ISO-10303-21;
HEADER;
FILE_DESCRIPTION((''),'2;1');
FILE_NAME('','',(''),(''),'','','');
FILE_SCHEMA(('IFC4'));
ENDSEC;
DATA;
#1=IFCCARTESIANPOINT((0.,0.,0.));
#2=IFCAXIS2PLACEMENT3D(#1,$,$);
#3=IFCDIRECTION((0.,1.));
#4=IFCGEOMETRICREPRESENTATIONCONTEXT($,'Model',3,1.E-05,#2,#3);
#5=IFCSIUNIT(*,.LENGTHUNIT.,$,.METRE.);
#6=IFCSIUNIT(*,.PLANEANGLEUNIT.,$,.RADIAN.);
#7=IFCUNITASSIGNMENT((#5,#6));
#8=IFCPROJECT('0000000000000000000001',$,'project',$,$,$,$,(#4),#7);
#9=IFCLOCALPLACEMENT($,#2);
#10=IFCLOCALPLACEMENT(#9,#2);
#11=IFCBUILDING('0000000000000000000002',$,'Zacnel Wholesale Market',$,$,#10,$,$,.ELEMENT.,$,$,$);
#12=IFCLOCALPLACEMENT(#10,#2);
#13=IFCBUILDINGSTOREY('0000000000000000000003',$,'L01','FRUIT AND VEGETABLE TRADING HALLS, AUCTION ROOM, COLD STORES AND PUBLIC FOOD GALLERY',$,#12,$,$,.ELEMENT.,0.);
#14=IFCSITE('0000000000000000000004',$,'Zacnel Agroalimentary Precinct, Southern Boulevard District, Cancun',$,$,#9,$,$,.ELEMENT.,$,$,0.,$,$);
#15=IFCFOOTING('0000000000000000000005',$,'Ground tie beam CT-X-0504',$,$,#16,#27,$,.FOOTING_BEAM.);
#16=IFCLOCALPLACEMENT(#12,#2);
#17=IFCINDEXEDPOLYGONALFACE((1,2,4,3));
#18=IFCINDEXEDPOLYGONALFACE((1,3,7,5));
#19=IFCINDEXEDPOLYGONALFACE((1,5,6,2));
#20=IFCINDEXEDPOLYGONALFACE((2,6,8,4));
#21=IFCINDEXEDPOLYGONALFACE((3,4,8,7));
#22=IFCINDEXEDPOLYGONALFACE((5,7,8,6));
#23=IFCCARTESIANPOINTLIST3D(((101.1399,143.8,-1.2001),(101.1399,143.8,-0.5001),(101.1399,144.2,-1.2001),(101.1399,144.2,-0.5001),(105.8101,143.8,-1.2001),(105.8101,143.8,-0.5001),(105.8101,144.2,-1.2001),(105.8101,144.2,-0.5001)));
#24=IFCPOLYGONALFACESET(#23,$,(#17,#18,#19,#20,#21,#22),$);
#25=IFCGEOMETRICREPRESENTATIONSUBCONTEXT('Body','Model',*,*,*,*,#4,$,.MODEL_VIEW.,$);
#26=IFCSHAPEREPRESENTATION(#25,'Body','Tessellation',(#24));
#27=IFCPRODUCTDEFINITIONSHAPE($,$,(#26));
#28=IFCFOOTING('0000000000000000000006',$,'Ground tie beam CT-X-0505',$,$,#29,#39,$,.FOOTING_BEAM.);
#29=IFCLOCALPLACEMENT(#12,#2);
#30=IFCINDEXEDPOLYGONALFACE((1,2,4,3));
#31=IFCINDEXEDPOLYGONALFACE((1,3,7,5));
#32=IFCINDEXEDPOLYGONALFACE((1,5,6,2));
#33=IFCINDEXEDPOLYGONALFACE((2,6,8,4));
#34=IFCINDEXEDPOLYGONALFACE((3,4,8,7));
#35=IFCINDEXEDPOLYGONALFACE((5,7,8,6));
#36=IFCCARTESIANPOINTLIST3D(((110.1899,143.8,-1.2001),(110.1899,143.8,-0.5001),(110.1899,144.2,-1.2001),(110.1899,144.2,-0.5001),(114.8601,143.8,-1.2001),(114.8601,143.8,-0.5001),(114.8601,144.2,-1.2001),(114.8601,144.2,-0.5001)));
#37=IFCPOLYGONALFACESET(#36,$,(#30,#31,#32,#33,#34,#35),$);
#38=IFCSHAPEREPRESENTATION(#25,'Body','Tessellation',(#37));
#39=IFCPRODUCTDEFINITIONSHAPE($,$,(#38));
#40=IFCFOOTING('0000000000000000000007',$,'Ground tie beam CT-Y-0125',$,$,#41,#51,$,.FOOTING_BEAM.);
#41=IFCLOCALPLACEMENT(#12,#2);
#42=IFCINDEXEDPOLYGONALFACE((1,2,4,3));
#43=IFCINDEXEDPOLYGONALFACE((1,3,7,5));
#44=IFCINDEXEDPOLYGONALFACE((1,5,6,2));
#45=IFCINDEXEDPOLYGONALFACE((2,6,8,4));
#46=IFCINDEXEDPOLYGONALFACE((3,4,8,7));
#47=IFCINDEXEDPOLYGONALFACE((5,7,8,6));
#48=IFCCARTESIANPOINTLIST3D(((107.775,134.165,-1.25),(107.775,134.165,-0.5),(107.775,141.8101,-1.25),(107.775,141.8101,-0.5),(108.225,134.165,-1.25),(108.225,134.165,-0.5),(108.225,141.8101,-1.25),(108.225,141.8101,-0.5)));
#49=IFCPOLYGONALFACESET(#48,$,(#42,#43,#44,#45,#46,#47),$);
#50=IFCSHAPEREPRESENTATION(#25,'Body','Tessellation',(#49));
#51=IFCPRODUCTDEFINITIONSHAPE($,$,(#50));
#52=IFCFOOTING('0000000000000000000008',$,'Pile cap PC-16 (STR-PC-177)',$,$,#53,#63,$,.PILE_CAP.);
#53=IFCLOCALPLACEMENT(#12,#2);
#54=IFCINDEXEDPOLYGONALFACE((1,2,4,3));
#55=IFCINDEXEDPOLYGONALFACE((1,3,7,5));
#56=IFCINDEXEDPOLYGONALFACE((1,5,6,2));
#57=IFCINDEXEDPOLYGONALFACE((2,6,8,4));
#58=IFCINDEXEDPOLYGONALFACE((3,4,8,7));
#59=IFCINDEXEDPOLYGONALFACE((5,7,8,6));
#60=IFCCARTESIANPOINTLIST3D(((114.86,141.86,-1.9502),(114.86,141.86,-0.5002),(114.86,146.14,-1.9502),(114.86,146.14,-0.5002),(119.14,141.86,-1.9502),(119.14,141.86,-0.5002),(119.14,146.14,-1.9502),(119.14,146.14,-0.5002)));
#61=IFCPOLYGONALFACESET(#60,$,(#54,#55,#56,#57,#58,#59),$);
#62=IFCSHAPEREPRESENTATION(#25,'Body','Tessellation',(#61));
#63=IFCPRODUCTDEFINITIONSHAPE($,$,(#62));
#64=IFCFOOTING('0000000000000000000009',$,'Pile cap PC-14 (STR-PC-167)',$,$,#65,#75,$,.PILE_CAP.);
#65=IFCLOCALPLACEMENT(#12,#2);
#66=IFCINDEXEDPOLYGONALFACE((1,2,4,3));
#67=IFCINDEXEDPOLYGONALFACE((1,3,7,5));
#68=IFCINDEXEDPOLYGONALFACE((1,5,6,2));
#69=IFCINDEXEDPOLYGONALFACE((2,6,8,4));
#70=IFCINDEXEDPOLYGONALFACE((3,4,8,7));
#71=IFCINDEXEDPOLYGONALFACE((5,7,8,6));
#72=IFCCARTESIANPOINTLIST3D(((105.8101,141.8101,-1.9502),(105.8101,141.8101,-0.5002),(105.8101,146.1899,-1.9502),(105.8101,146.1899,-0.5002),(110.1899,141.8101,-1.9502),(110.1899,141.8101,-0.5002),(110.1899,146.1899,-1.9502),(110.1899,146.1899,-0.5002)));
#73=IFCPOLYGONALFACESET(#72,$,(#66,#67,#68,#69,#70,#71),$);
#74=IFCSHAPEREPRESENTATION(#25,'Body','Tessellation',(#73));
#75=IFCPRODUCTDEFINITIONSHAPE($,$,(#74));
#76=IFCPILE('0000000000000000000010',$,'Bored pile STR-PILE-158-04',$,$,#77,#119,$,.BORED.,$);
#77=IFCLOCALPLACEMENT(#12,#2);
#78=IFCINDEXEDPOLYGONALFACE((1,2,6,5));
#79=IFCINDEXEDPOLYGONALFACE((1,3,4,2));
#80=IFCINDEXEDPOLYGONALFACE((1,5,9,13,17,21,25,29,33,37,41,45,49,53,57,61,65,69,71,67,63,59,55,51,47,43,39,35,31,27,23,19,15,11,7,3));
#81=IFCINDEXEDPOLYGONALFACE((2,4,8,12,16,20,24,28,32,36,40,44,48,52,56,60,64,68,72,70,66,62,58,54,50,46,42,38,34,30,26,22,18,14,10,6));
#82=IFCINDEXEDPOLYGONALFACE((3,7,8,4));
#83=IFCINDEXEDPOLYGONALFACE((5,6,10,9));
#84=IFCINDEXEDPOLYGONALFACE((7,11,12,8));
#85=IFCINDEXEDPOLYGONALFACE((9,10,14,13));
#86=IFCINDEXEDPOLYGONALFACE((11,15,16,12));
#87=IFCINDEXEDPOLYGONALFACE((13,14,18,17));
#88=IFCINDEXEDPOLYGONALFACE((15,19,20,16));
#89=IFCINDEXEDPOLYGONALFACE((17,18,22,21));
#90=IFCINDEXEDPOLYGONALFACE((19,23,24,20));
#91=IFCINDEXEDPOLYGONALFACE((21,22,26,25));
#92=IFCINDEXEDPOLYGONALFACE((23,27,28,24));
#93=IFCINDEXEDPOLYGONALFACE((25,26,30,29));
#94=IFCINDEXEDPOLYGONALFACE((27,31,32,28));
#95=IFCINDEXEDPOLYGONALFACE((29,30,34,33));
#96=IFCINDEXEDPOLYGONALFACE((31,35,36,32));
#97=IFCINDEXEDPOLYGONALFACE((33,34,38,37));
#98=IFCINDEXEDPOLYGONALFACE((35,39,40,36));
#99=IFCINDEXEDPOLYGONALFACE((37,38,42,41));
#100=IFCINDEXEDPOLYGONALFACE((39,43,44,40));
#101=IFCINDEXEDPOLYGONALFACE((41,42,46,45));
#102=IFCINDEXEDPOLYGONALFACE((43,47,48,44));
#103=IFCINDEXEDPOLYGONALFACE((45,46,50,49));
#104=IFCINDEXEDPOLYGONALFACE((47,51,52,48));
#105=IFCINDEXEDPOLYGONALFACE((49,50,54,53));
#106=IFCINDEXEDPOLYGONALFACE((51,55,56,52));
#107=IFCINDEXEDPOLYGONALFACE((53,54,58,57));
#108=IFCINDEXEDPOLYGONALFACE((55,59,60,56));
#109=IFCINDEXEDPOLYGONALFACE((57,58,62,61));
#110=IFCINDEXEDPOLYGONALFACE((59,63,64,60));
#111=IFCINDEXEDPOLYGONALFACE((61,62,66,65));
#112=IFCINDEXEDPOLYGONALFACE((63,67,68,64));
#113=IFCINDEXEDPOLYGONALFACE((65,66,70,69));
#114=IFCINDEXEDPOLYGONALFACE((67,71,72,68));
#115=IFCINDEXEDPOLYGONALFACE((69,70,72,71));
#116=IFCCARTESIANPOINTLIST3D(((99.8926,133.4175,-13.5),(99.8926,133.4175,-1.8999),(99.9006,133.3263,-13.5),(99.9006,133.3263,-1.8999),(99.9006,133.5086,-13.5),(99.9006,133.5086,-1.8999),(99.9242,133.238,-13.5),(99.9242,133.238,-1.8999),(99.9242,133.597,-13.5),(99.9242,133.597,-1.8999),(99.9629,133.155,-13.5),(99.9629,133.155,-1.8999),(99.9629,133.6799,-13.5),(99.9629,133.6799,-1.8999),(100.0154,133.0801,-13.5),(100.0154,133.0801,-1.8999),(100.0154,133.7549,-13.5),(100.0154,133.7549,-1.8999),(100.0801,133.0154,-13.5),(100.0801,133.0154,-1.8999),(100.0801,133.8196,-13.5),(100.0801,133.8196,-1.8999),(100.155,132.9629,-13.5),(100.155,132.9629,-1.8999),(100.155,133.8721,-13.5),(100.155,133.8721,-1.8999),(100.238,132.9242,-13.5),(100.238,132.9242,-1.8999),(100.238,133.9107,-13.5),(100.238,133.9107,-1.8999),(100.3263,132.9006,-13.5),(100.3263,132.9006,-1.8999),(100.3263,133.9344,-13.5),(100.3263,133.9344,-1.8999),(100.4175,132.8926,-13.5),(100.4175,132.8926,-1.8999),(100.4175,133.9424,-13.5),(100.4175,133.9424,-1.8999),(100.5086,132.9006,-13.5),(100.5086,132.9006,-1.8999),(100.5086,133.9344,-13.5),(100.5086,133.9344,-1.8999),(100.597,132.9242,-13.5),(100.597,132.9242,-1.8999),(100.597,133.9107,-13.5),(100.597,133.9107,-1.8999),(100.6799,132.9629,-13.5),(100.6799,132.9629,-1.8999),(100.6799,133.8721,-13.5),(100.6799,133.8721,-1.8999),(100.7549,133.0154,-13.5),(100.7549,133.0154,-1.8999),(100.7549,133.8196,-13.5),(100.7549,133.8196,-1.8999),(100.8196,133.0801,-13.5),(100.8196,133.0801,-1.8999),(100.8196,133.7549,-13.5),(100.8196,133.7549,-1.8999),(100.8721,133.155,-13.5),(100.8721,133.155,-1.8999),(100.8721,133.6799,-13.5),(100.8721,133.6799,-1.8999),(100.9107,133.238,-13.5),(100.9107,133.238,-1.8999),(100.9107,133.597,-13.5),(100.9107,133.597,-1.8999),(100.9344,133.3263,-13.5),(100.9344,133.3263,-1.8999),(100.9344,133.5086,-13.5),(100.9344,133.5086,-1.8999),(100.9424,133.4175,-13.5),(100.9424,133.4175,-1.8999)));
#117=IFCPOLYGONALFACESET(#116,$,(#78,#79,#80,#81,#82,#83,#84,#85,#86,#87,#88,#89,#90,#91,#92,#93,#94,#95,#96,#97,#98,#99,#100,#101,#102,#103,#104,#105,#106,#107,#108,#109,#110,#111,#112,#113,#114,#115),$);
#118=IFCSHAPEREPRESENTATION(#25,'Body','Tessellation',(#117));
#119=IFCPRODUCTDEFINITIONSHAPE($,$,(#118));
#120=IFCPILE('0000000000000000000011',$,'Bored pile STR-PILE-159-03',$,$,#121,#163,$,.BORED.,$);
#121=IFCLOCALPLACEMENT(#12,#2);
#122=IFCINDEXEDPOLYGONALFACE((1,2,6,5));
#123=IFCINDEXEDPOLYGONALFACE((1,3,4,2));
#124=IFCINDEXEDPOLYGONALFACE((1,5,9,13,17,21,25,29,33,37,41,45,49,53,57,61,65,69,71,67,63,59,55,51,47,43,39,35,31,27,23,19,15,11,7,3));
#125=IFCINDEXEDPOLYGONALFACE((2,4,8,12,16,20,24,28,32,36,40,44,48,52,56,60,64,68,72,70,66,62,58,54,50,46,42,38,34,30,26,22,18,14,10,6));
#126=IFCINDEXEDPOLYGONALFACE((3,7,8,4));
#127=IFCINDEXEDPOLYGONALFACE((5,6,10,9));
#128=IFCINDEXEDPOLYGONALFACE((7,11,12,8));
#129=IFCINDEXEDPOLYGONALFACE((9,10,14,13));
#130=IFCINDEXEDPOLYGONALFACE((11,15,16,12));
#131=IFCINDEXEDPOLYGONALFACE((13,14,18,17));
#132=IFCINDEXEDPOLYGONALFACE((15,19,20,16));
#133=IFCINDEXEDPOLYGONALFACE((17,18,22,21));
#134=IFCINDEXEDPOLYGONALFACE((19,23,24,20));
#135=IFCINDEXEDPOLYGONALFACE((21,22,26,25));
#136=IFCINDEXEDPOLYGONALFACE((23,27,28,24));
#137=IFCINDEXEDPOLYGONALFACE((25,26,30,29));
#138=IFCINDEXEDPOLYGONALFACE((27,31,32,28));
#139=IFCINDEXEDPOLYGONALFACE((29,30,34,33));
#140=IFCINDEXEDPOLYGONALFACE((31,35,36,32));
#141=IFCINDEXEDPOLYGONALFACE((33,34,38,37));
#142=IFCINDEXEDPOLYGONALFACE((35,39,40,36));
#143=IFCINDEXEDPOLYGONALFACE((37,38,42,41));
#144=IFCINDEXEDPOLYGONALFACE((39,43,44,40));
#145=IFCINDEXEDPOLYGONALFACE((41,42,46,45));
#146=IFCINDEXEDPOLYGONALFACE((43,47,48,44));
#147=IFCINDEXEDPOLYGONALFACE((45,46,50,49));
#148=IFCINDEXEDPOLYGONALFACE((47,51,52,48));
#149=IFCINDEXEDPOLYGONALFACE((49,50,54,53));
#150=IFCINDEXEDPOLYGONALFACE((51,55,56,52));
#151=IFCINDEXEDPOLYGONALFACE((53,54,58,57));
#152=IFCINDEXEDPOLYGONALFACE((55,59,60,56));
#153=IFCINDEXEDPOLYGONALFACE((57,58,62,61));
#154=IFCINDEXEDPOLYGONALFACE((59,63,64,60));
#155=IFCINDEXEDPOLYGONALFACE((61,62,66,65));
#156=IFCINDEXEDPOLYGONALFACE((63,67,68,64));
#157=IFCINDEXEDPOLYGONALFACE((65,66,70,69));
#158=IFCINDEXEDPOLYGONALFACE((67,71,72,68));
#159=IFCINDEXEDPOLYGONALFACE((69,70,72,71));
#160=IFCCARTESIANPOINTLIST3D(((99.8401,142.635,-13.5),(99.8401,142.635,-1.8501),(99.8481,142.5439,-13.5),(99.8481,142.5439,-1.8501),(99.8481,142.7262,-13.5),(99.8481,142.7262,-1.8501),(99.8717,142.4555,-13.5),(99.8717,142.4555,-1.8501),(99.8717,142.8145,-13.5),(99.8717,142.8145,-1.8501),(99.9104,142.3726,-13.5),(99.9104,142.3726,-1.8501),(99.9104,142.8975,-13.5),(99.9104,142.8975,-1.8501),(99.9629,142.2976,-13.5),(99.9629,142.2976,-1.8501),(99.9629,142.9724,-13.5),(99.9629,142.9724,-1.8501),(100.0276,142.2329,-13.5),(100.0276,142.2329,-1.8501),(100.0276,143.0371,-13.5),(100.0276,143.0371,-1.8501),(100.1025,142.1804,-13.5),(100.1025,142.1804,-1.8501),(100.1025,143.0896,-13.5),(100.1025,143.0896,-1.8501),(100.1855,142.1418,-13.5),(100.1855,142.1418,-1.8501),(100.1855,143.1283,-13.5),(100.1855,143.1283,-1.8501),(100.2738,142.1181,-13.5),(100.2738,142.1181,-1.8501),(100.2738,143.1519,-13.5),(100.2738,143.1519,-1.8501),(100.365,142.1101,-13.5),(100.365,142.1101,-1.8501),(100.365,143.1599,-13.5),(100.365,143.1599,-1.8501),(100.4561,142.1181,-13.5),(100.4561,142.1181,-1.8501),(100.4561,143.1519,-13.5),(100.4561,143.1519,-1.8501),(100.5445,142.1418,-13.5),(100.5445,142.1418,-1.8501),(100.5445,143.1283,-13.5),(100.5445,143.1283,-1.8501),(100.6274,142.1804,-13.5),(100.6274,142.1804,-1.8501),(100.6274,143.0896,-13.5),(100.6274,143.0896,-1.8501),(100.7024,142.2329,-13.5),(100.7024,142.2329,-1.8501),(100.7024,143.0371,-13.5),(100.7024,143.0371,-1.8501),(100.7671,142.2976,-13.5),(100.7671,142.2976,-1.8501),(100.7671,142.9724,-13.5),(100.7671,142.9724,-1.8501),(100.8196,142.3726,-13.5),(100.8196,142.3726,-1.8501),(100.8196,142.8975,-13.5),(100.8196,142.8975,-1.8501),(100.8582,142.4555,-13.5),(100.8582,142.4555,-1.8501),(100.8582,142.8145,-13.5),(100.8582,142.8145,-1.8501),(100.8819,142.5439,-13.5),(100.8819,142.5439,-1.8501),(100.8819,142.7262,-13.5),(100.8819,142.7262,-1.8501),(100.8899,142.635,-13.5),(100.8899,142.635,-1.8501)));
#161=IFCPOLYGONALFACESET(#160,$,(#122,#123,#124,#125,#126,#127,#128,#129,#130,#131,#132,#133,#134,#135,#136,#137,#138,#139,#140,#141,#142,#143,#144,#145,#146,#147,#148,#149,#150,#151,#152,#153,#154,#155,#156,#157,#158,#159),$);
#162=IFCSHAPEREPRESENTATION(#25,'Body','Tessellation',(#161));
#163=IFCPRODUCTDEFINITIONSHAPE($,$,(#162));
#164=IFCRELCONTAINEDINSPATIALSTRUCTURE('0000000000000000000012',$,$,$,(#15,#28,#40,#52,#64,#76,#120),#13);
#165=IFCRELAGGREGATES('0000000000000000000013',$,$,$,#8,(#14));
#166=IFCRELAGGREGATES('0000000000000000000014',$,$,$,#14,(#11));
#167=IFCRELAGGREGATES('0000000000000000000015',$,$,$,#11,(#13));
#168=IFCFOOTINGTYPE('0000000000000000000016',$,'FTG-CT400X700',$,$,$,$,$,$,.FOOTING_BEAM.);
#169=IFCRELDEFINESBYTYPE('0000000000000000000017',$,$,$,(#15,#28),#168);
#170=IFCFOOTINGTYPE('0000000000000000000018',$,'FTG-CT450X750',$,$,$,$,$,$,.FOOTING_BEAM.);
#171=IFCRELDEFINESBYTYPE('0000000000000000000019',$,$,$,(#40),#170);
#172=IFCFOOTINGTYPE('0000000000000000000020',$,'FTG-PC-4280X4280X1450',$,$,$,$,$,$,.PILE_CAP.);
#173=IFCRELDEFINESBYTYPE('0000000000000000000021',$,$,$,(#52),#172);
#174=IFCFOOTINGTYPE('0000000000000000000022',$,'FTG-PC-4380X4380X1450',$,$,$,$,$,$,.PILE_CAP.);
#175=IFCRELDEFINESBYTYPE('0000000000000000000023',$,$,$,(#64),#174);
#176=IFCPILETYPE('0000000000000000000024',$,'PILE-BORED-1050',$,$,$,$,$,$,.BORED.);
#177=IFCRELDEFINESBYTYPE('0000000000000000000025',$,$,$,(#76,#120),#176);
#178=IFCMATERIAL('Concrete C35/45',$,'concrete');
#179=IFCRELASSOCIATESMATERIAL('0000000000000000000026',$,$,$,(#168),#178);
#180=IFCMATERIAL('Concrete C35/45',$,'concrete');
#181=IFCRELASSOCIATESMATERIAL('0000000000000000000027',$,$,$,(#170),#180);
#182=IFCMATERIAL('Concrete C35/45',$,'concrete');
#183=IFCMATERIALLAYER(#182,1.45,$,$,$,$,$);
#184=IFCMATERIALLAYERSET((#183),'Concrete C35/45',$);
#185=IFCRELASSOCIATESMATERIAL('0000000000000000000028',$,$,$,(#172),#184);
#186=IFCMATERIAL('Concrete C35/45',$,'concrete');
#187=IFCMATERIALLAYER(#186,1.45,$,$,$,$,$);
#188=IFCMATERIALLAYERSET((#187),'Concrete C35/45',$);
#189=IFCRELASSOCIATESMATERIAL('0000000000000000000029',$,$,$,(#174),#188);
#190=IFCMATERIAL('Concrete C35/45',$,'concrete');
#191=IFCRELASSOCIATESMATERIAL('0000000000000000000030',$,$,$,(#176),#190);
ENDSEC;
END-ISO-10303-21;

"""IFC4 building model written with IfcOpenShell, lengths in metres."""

from ifc_helpers import new_model, si_unit, direction, frame, origin, origin_2d, place, context, subcontext, project, spatial, rectangle, circle, extrude, material, layer, layer_set, material_profile, profile_set, type_object, element, save


model = new_model("IFC4")

# Units and contexts
model_context = context("Model", 3, precision=1e-05, world=origin(), true_north=direction((0.0, 1.0)))
body_context = subcontext(model_context, "Body", "Model", "MODEL_VIEW")
ifc_project = project(units=[si_unit("LENGTHUNIT", "METRE"), si_unit("PLANEANGLEUNIT", "RADIAN")], contexts=[model_context])

# Site, building, storey
site_placement = place(None, origin())
site = spatial("IfcSite", under=ifc_project, at=site_placement, Name="Zacnel Agroalimentary Precinct, Southern Boulevard District, Cancun", CompositionType="ELEMENT", RefElevation=0.0)
building_placement = place(site_placement, origin())
building = spatial("IfcBuilding", under=site, at=building_placement, Name="Zacnel Wholesale Market", CompositionType="ELEMENT")
storey_placement = place(building_placement, origin())
storey = spatial("IfcBuildingStorey", under=building, at=storey_placement, Name="L01", Description="FRUIT AND VEGETABLE TRADING HALLS, AUCTION ROOM, COLD STORES AND PUBLIC FOOD GALLERY", CompositionType="ELEMENT", Elevation=0.0)

# Footings
ifc_material_1 = material(Name="Concrete C35/45", Category="concrete")
ifc_material_profile_1 = material_profile(ifc_material_1, rectangle(XDim=0.3999, YDim=0.7, at=origin_2d()), Name="CT 400x700")
ifc_profile_set_1 = profile_set([ifc_material_profile_1], Name="Concrete C35/45")
footing_type_1 = type_object("IfcFootingType", Name="FTG-CT400X700", PredefinedType="FOOTING_BEAM", material=ifc_profile_set_1)
for number, where, z_axis, x_axis, name in (
    (1, (101.1399, 144.0, -0.8501), (1.0, 0.0, 0.0), (0.0, 1.0, 0.0), "Ground tie beam CT-X-0504"),
    (2, (110.1899, 144.0, -0.8501), (1.0, 0.0, 0.0), (0.0, 1.0, 0.0), "Ground tie beam CT-X-0505"),
):
    element("IfcFooting", number, at=place(storey_placement, frame(where, z_axis=z_axis, x_axis=x_axis)), inside=storey, type_object=footing_type_1, Name=name, PredefinedType="FOOTING_BEAM", context=body_context, shape_type="SweptSolid", body=[
        extrude(rectangle(XDim=0.3999, YDim=0.7, at=origin_2d()), origin(), (0.0, 0.0, 1.0), 4.6702),
    ])
ifc_material_2 = material(Name="Concrete C35/45", Category="concrete")
ifc_material_profile_2 = material_profile(ifc_material_2, rectangle(XDim=0.45, YDim=0.75, at=origin_2d()), Name="CT 450x750")
ifc_profile_set_2 = profile_set([ifc_material_profile_2], Name="Concrete C35/45")
footing_type_2 = type_object("IfcFootingType", Name="FTG-CT450X750", PredefinedType="FOOTING_BEAM", material=ifc_profile_set_2)
footing_1_placement = place(storey_placement, frame((108.0, 134.165, -0.875), z_axis=(0.0, 1.0, 0.0), x_axis=(-1.0, 0.0, 0.0)))
element("IfcFooting", 3, at=footing_1_placement, inside=storey, type_object=footing_type_2, Name="Ground tie beam CT-Y-0125", PredefinedType="FOOTING_BEAM", context=body_context, shape_type="SweptSolid", body=[
    extrude(rectangle(XDim=0.45, YDim=0.75, at=origin_2d()), origin(), (0.0, 0.0, 1.0), 7.645),
])
ifc_material_3 = material(Name="Concrete C35/45", Category="concrete")
ifc_layer_1 = layer(ifc_material_3, 1.45)
ifc_layer_set_1 = layer_set([ifc_layer_1], Name="Concrete C35/45")
footing_type_3 = type_object("IfcFootingType", Name="FTG-PC-4280X4280X1450", PredefinedType="PILE_CAP", material=ifc_layer_set_1)
footing_2_placement = place(storey_placement, frame((117.0, 144.0, -1.9502), z_axis=(0.0, 0.0, 1.0), x_axis=(1.0, 0.0, 0.0)))
element("IfcFooting", 4, at=footing_2_placement, inside=storey, type_object=footing_type_3, Name="Pile cap PC-16 (STR-PC-177)", PredefinedType="PILE_CAP", context=body_context, shape_type="SweptSolid", body=[
    extrude(rectangle(XDim=4.28, YDim=4.28, at=origin_2d()), origin(), (0.0, 0.0, 1.0), 1.45),
])
ifc_material_4 = material(Name="Concrete C35/45", Category="concrete")
ifc_layer_2 = layer(ifc_material_4, 1.45)
ifc_layer_set_2 = layer_set([ifc_layer_2], Name="Concrete C35/45")
footing_type_4 = type_object("IfcFootingType", Name="FTG-PC-4380X4380X1450", PredefinedType="PILE_CAP", material=ifc_layer_set_2)
footing_3_placement = place(storey_placement, frame((108.0, 144.0, -1.9502), z_axis=(0.0, 0.0, 1.0), x_axis=(1.0, 0.0, 0.0)))
element("IfcFooting", 5, at=footing_3_placement, inside=storey, type_object=footing_type_4, Name="Pile cap PC-14 (STR-PC-167)", PredefinedType="PILE_CAP", context=body_context, shape_type="SweptSolid", body=[
    extrude(rectangle(XDim=4.3799, YDim=4.3799, at=origin_2d()), origin(), (0.0, 0.0, 1.0), 1.45),
])

# Piles
ifc_material_5 = material(Name="Concrete C35/45", Category="concrete")
ifc_material_profile_3 = material_profile(ifc_material_5, circle(Radius=0.5249, at=origin_2d()), Name="BORED PILE D1050")
ifc_profile_set_3 = profile_set([ifc_material_profile_3], Name="Concrete C35/45")
pile_type = type_object("IfcPileType", Name="PILE-BORED-1050", PredefinedType="BORED", material=ifc_profile_set_3)
pile_1_placement = place(storey_placement, frame((100.4175, 133.4175, -1.8999), z_axis=(0.0, 0.0, -1.0), x_axis=(1.0, 0.0, 0.0)))
element("IfcPile", 6, at=pile_1_placement, inside=storey, type_object=pile_type, Name="Bored pile STR-PILE-158-04", PredefinedType="BORED", context=body_context, shape_type="SweptSolid", body=[
    extrude(circle(Radius=0.5249, at=origin_2d()), origin(), (0.0, 0.0, 1.0), 11.6001),
])
for number, where, z_axis, x_axis, name in (
    (7, (100.365, 142.635, -1.8501), (0.0, 0.0, -1.0), (1.0, 0.0, 0.0), "Bored pile STR-PILE-159-03"),
):
    element("IfcPile", number, at=place(storey_placement, frame(where, z_axis=z_axis, x_axis=x_axis)), inside=storey, type_object=pile_type, Name=name, PredefinedType="BORED", context=body_context, shape_type="SweptSolid", body=[
        extrude(circle(Radius=0.5249, at=origin_2d()), origin(), (0.0, 0.0, 1.0), 11.6499),
    ])

save(model, "model.ifc")
